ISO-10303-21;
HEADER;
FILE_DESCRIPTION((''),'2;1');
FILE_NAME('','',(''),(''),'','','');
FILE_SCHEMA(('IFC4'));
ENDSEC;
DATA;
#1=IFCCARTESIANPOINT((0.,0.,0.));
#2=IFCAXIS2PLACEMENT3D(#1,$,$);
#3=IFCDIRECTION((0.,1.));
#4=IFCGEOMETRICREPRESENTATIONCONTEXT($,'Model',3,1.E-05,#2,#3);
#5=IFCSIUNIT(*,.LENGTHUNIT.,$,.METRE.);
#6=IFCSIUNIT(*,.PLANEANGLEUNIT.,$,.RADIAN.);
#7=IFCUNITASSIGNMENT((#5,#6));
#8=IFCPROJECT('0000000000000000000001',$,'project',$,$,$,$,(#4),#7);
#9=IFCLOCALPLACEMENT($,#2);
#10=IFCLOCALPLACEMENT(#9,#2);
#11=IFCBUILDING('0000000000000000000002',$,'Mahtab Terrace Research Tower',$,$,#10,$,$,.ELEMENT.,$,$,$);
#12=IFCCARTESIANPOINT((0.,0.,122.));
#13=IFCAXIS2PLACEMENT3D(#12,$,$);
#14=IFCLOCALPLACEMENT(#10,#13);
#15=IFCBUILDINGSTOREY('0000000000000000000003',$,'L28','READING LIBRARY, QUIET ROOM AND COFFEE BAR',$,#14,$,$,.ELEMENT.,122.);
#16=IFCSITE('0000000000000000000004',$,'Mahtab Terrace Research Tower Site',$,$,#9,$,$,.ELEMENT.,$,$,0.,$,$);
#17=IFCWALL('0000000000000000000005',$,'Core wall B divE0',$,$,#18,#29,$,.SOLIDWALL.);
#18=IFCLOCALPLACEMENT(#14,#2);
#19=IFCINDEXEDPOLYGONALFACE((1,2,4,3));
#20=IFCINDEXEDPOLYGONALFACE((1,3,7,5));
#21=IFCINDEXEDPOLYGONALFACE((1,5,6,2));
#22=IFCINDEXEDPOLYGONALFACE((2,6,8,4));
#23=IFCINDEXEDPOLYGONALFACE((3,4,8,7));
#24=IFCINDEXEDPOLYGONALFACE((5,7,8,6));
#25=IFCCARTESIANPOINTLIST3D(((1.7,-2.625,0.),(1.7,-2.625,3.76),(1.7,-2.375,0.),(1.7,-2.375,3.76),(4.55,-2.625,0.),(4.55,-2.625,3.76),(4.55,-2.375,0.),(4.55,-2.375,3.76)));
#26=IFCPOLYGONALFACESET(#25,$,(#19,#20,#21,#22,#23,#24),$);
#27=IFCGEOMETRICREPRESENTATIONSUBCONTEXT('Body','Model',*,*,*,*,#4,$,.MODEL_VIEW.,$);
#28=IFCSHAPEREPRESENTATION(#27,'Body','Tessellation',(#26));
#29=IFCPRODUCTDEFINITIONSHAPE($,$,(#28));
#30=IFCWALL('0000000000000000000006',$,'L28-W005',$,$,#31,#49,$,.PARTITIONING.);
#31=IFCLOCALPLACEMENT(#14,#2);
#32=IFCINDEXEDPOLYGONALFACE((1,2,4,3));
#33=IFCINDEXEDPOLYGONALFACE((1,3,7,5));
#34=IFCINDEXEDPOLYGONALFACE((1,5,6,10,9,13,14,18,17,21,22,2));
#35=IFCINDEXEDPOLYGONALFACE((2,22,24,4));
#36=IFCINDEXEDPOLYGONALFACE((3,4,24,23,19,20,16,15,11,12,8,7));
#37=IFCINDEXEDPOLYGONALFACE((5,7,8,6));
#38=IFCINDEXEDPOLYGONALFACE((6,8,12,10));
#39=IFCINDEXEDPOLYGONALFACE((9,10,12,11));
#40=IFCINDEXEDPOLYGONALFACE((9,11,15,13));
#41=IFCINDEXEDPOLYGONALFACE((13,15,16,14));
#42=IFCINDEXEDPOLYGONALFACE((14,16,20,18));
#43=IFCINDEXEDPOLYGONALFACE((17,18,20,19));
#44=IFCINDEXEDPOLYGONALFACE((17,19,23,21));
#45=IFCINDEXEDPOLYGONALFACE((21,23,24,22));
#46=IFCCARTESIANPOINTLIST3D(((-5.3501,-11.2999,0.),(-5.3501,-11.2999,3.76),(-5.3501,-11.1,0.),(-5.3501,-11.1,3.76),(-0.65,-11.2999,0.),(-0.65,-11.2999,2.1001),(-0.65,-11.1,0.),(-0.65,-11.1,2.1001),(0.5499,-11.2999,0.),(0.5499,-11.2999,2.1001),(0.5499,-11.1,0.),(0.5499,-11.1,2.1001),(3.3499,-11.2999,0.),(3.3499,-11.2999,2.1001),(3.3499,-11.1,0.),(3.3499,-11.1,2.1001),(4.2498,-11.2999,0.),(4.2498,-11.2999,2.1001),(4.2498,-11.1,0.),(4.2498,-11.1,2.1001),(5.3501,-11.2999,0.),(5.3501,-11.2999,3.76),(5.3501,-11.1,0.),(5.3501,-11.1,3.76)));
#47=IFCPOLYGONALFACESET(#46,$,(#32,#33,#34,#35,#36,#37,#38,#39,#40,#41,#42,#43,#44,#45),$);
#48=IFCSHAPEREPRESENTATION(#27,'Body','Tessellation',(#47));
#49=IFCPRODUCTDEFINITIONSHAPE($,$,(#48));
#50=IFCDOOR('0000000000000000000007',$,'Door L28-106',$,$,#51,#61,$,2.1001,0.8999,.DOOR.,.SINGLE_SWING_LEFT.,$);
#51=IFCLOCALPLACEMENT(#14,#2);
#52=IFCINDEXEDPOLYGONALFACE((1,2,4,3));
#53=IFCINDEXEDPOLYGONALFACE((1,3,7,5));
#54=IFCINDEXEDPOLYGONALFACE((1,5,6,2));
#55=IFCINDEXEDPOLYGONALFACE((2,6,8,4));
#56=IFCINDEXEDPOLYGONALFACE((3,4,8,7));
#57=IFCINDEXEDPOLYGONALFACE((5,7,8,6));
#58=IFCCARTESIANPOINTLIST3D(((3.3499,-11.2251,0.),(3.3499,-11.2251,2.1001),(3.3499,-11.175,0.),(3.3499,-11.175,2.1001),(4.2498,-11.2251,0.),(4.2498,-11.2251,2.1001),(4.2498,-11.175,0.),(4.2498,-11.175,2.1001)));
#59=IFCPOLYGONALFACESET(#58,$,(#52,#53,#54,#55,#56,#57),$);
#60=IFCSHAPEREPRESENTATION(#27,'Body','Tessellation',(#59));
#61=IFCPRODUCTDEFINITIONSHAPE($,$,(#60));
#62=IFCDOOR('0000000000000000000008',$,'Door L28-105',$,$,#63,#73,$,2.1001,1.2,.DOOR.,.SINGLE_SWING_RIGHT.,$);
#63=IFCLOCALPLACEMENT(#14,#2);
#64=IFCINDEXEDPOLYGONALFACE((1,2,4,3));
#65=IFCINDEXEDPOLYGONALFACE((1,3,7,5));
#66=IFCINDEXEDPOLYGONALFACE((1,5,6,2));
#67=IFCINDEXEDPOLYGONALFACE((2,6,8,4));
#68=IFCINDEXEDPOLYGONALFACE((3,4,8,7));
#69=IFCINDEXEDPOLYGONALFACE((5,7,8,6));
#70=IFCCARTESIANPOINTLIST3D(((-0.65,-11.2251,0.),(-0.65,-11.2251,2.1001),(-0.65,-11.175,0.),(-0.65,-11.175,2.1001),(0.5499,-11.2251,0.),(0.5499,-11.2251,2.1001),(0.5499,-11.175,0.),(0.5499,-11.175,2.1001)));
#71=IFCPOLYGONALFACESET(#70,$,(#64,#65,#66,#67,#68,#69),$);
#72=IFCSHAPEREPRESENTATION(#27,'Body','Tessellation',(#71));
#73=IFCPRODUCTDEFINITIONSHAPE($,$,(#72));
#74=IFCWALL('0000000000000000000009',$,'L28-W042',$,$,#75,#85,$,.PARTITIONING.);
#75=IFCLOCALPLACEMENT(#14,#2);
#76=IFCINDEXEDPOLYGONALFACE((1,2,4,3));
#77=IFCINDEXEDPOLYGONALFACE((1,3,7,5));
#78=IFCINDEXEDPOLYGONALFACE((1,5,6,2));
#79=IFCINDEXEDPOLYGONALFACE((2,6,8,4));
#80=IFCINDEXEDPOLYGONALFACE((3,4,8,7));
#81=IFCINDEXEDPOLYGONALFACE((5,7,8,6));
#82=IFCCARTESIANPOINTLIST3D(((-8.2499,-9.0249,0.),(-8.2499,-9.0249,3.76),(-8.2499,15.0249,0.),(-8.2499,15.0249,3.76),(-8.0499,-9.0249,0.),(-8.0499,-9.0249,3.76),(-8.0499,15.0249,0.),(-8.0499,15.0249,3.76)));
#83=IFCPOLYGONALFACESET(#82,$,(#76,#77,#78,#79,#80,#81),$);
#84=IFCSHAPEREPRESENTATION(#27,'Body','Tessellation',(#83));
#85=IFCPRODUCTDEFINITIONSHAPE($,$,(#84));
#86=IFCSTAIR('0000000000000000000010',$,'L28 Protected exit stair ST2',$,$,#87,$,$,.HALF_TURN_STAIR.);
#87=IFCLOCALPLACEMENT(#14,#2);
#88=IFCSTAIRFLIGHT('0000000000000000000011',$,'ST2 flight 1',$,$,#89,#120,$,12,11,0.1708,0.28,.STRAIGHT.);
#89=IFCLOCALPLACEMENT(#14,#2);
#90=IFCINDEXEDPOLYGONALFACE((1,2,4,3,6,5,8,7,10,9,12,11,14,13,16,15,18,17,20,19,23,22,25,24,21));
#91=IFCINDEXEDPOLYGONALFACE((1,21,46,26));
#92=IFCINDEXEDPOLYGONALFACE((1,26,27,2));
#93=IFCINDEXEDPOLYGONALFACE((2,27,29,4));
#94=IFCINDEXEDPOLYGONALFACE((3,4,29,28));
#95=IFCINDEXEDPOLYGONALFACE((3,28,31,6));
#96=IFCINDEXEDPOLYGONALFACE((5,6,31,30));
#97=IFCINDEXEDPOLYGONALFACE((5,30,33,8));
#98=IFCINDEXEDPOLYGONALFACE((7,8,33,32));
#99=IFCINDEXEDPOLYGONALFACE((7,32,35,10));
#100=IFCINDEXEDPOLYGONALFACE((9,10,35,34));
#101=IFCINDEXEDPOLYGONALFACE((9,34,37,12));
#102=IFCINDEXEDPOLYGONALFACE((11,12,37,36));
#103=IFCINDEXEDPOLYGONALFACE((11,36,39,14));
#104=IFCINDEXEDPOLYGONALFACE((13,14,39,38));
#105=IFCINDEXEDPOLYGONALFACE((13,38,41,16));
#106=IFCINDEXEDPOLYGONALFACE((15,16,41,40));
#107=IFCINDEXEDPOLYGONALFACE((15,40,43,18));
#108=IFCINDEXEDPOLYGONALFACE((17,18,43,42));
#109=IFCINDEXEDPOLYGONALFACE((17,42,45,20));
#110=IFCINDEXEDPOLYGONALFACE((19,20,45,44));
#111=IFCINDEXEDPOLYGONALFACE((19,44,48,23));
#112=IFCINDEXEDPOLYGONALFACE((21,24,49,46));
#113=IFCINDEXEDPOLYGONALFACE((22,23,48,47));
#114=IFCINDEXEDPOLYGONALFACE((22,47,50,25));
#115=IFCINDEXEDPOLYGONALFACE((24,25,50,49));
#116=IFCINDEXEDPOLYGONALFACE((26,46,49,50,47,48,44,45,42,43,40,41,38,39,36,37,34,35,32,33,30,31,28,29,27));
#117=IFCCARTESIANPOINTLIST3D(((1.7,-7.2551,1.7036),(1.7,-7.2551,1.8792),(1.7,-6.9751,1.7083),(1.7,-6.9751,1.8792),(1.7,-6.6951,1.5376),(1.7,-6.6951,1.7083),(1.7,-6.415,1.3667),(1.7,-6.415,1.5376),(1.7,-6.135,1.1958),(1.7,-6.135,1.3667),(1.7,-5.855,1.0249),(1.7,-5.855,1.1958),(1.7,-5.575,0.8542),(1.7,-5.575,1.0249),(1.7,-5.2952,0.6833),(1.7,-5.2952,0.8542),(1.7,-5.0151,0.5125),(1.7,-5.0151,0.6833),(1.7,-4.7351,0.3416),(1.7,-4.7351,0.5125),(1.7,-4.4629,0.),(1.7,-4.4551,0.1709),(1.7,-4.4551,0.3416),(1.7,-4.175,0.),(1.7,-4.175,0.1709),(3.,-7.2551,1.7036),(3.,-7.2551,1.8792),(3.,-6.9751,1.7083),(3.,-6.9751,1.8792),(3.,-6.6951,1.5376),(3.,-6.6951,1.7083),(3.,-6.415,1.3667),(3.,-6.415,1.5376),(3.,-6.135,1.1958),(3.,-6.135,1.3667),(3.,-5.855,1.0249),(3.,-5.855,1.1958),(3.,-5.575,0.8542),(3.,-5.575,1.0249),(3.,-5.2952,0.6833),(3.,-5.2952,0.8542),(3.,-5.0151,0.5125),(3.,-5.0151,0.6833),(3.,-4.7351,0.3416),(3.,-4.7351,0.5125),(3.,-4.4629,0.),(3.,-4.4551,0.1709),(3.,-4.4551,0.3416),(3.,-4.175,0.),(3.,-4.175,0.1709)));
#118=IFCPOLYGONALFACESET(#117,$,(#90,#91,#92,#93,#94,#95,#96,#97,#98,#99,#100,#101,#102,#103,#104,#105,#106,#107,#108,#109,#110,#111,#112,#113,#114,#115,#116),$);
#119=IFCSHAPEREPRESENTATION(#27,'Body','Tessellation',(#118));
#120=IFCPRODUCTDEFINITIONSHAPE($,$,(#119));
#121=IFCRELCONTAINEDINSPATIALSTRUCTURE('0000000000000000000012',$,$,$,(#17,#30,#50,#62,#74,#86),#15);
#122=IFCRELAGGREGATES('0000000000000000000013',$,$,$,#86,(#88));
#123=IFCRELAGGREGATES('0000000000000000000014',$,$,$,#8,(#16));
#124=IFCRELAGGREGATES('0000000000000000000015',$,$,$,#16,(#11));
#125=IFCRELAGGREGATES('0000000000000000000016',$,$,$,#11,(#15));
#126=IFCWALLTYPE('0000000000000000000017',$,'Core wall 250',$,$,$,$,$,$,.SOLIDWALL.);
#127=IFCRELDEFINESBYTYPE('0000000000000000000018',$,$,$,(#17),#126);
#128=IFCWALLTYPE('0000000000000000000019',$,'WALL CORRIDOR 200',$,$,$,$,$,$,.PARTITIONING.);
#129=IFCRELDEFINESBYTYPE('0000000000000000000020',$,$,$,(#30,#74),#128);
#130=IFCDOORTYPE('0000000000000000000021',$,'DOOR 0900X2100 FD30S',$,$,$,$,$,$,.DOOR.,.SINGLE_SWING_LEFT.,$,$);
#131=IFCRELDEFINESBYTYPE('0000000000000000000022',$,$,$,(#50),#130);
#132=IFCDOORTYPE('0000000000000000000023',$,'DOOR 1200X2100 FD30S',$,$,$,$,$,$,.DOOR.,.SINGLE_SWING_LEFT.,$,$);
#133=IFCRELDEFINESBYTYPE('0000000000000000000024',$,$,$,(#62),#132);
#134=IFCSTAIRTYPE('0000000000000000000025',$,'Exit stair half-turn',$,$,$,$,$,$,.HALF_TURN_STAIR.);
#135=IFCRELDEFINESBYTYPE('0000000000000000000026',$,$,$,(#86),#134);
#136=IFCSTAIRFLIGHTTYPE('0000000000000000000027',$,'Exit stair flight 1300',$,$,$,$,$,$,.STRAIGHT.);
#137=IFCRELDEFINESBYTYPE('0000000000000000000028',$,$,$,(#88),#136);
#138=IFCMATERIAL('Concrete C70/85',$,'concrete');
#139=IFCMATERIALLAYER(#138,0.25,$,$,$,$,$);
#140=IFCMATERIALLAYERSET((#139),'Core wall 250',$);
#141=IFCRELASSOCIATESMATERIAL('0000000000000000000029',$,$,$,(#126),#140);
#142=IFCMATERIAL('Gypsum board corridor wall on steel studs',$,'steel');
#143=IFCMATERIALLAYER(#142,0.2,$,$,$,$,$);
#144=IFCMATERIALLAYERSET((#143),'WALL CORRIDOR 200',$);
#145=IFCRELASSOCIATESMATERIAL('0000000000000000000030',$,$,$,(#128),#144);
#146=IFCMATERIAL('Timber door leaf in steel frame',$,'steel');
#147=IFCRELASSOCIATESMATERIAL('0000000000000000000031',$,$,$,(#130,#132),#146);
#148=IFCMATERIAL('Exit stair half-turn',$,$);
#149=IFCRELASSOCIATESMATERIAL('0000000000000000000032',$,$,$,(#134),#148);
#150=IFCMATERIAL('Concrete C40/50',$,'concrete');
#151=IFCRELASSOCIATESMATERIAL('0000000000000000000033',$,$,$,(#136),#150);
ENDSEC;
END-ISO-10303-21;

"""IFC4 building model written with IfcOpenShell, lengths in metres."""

from ifc_helpers import new_model, si_unit, direction, frame, frame_2d, origin, place, context, subcontext, project, spatial, polyline, rectangle, outline, extrude, material, layer, layer_set, type_object, element, fill, aggregate, save


model = new_model("IFC4")

# Units and contexts
model_context = context("Model", 3, precision=1e-05, world=origin(), true_north=direction((0.0, 1.0)))
body_context = subcontext(model_context, "Body", "Model", "MODEL_VIEW")
ifc_project = project(units=[si_unit("LENGTHUNIT", "METRE"), si_unit("PLANEANGLEUNIT", "RADIAN")], contexts=[model_context])

# Site, building, storey
site_placement = place(None, origin())
site = spatial("IfcSite", under=ifc_project, at=site_placement, Name="Mahtab Terrace Research Tower Site", CompositionType="ELEMENT", RefElevation=0.0)
building_placement = place(site_placement, origin())
building = spatial("IfcBuilding", under=site, at=building_placement, Name="Mahtab Terrace Research Tower", CompositionType="ELEMENT")
storey_placement = place(building_placement, frame((0.0, 0.0, 122.0)))
storey = spatial("IfcBuildingStorey", under=building, at=storey_placement, Name="L28", Description="READING LIBRARY, QUIET ROOM AND COFFEE BAR", CompositionType="ELEMENT", Elevation=122.0)

# Shared definitions
ifc_material_1 = material(Name="Concrete C70/85", Category="concrete")

# Shared definitions
ifc_material_2 = material(Name="Concrete C40/50", Category="concrete")

# Shared definitions
ifc_layer_1 = layer(ifc_material_1, 0.25)
ifc_layer_set_1 = layer_set([ifc_layer_1], Name="Core wall 250")
wall_type_1 = type_object("IfcWallType", Name="Core wall 250", PredefinedType="SOLIDWALL", material=ifc_layer_set_1)

# Wall
for number, where, z_axis, x_axis, name in (
    (1, (1.7, -2.5, 0.0), (0.0, 0.0, 1.0), (1.0, 0.0, 0.0), "Core wall B divE0"),
):
    element("IfcWall", number, at=place(storey_placement, frame(where, z_axis=z_axis, x_axis=x_axis)), inside=storey, type_object=wall_type_1, Name=name, PredefinedType="SOLIDWALL", context=body_context, shape_type="SweptSolid", body=[
        extrude(rectangle(XDim=2.8501, YDim=0.25, at=frame_2d((1.425, 0.0))), origin(), (0.0, 0.0, 1.0), 3.76),
    ])

# Wall, openings, doors
ifc_material_3 = material(Name="Gypsum board corridor wall on steel studs", Category="steel")
ifc_layer_2 = layer(ifc_material_3, 0.2)
ifc_layer_set_2 = layer_set([ifc_layer_2], Name="WALL CORRIDOR 200")
wall_type_2 = type_object("IfcWallType", Name="WALL CORRIDOR 200", PredefinedType="PARTITIONING", material=ifc_layer_set_2)
wall_1_placement = place(storey_placement, frame((-5.3501, -11.2, 0.0), z_axis=(0.0, 0.0, 1.0), x_axis=(1.0, 0.0, 0.0)))
wall_1 = element("IfcWall", 2, at=wall_1_placement, inside=storey, type_object=wall_type_2, Name="L28-W005", PredefinedType="PARTITIONING", context=body_context, shape_type="SweptSolid", body=[
    extrude(rectangle(XDim=10.7002, YDim=0.2, at=frame_2d((5.3501, 0.0))), origin(), (0.0, 0.0, 1.0), 3.76),
])
opening_1_placement = place(wall_1_placement, frame((4.7, 0.0, 0.0)))
opening_1 = element("IfcOpeningElement", 3, at=opening_1_placement, cuts=wall_1, PredefinedType="OPENING", context=body_context, shape_type="SweptSolid", body=[
    extrude(rectangle(XDim=1.2, YDim=2.1001, at=frame_2d((0.6001, 1.05))), frame((0.0, 0.1099, 0.0), z_axis=(0.0, -1.0, 0.0), x_axis=(1.0, 0.0, 0.0)), (0.0, 0.0, 1.0), 0.22),
])
opening_2_placement = place(wall_1_placement, frame((8.7, 0.0, 0.0)))
opening_2 = element("IfcOpeningElement", 4, at=opening_2_placement, cuts=wall_1, PredefinedType="OPENING", context=body_context, shape_type="SweptSolid", body=[
    extrude(rectangle(XDim=0.8999, YDim=2.1001, at=frame_2d((0.45, 1.05))), frame((0.0, 0.1099, 0.0), z_axis=(0.0, -1.0, 0.0), x_axis=(1.0, 0.0, 0.0)), (0.0, 0.0, 1.0), 0.22),
])
ifc_material_4 = material(Name="Timber door leaf in steel frame", Category="steel")
door_type_1 = type_object("IfcDoorType", Name="DOOR 0900X2100 FD30S", OperationType="SINGLE_SWING_LEFT", PredefinedType="DOOR", material=ifc_material_4)
door_1_placement = place(opening_2_placement, origin())
door_1 = element("IfcDoor", 5, at=door_1_placement, inside=storey, type_object=door_type_1, Name="Door L28-106", OperationType="SINGLE_SWING_LEFT", OverallHeight=2.1001, OverallWidth=0.8999, PredefinedType="DOOR", context=body_context, shape_type="SweptSolid", body=[
    extrude(rectangle(XDim=0.8999, YDim=2.1001, at=frame_2d((0.45, 1.05))), frame((0.0, 0.0249, 0.0), z_axis=(0.0, -1.0, 0.0), x_axis=(1.0, 0.0, 0.0)), (0.0, 0.0, 1.0), 0.05),
])
fill(opening_2, door_1)
door_type_2 = type_object("IfcDoorType", Name="DOOR 1200X2100 FD30S", OperationType="SINGLE_SWING_LEFT", PredefinedType="DOOR", material=ifc_material_4)
door_2_placement = place(opening_1_placement, origin())
door_2 = element("IfcDoor", 6, at=door_2_placement, inside=storey, type_object=door_type_2, Name="Door L28-105", OperationType="SINGLE_SWING_RIGHT", OverallHeight=2.1001, OverallWidth=1.2, PredefinedType="DOOR", context=body_context, shape_type="SweptSolid", body=[
    extrude(rectangle(XDim=1.2, YDim=2.1001, at=frame_2d((0.6001, 1.05))), frame((0.0, 0.0249, 0.0), z_axis=(0.0, -1.0, 0.0), x_axis=(1.0, 0.0, 0.0)), (0.0, 0.0, 1.0), 0.05),
])
fill(opening_1, door_2)

# Wall
wall_2_placement = place(storey_placement, frame((-8.1499, -9.0249, 0.0), z_axis=(0.0, 0.0, 1.0), x_axis=(0.0, 1.0, 0.0)))
element("IfcWall", 7, at=wall_2_placement, inside=storey, type_object=wall_type_2, Name="L28-W042", PredefinedType="PARTITIONING", context=body_context, shape_type="SweptSolid", body=[
    extrude(rectangle(XDim=24.0498, YDim=0.2, at=frame_2d((12.0249, 0.0))), origin(), (0.0, 0.0, 1.0), 3.76),
])

# Stair, stair flight
ifc_material_5 = material(Name="Exit stair half-turn")
stair_type = type_object("IfcStairType", Name="Exit stair half-turn", PredefinedType="HALF_TURN_STAIR", material=ifc_material_5)
stair_placement = place(storey_placement, origin())
stair = element("IfcStair", 8, at=stair_placement, inside=storey, type_object=stair_type, Name="L28 Protected exit stair ST2", PredefinedType="HALF_TURN_STAIR")
stair_flight_type = type_object("IfcStairFlightType", Name="Exit stair flight 1300", PredefinedType="STRAIGHT", material=ifc_material_2)
stair_flight_placement = place(storey_placement, frame((2.3501, -4.175, 0.0), z_axis=(0.0, 0.0, 1.0), x_axis=(0.0, -1.0, 0.0)))
stair_flight = element("IfcStairFlight", 9, at=stair_flight_placement, type_object=stair_flight_type, Name="ST2 flight 1", NumberOfRisers=12, NumberOfTreads=11, PredefinedType="STRAIGHT", RiserHeight=0.1708, TreadLength=0.28, context=body_context, shape_type="SweptSolid", body=[
    extrude(outline(polyline([(0.0, 0.0), (0.0, 0.1709), (0.28, 0.1709), (0.28, 0.3416), (0.5601, 0.3416), (0.5601, 0.5125), (0.8401, 0.5125), (0.8401, 0.6833), (1.1201, 0.6833), (1.1201, 0.8542), (1.3999, 0.8542), (1.3999, 1.0249), (1.6799, 1.0249), (1.6799, 1.1958), (1.96, 1.1958), (1.96, 1.3667), (2.24, 1.3667), (2.24, 1.5376), (2.52, 1.5376), (2.52, 1.7083), (2.8, 1.7083), (2.8, 1.8792), (3.0801, 1.8792), (3.0801, 2.05), (3.0801, 1.7036), (0.2878, 0.0), (0.0, 0.0)])), frame((0.0, 0.6499, 0.0), z_axis=(0.0, -1.0, 0.0), x_axis=(1.0, 0.0, 0.0)), (0.0, 0.0, 1.0), 1.3),
])
aggregate(stair, [stair_flight])

save(model, "model.ifc")
